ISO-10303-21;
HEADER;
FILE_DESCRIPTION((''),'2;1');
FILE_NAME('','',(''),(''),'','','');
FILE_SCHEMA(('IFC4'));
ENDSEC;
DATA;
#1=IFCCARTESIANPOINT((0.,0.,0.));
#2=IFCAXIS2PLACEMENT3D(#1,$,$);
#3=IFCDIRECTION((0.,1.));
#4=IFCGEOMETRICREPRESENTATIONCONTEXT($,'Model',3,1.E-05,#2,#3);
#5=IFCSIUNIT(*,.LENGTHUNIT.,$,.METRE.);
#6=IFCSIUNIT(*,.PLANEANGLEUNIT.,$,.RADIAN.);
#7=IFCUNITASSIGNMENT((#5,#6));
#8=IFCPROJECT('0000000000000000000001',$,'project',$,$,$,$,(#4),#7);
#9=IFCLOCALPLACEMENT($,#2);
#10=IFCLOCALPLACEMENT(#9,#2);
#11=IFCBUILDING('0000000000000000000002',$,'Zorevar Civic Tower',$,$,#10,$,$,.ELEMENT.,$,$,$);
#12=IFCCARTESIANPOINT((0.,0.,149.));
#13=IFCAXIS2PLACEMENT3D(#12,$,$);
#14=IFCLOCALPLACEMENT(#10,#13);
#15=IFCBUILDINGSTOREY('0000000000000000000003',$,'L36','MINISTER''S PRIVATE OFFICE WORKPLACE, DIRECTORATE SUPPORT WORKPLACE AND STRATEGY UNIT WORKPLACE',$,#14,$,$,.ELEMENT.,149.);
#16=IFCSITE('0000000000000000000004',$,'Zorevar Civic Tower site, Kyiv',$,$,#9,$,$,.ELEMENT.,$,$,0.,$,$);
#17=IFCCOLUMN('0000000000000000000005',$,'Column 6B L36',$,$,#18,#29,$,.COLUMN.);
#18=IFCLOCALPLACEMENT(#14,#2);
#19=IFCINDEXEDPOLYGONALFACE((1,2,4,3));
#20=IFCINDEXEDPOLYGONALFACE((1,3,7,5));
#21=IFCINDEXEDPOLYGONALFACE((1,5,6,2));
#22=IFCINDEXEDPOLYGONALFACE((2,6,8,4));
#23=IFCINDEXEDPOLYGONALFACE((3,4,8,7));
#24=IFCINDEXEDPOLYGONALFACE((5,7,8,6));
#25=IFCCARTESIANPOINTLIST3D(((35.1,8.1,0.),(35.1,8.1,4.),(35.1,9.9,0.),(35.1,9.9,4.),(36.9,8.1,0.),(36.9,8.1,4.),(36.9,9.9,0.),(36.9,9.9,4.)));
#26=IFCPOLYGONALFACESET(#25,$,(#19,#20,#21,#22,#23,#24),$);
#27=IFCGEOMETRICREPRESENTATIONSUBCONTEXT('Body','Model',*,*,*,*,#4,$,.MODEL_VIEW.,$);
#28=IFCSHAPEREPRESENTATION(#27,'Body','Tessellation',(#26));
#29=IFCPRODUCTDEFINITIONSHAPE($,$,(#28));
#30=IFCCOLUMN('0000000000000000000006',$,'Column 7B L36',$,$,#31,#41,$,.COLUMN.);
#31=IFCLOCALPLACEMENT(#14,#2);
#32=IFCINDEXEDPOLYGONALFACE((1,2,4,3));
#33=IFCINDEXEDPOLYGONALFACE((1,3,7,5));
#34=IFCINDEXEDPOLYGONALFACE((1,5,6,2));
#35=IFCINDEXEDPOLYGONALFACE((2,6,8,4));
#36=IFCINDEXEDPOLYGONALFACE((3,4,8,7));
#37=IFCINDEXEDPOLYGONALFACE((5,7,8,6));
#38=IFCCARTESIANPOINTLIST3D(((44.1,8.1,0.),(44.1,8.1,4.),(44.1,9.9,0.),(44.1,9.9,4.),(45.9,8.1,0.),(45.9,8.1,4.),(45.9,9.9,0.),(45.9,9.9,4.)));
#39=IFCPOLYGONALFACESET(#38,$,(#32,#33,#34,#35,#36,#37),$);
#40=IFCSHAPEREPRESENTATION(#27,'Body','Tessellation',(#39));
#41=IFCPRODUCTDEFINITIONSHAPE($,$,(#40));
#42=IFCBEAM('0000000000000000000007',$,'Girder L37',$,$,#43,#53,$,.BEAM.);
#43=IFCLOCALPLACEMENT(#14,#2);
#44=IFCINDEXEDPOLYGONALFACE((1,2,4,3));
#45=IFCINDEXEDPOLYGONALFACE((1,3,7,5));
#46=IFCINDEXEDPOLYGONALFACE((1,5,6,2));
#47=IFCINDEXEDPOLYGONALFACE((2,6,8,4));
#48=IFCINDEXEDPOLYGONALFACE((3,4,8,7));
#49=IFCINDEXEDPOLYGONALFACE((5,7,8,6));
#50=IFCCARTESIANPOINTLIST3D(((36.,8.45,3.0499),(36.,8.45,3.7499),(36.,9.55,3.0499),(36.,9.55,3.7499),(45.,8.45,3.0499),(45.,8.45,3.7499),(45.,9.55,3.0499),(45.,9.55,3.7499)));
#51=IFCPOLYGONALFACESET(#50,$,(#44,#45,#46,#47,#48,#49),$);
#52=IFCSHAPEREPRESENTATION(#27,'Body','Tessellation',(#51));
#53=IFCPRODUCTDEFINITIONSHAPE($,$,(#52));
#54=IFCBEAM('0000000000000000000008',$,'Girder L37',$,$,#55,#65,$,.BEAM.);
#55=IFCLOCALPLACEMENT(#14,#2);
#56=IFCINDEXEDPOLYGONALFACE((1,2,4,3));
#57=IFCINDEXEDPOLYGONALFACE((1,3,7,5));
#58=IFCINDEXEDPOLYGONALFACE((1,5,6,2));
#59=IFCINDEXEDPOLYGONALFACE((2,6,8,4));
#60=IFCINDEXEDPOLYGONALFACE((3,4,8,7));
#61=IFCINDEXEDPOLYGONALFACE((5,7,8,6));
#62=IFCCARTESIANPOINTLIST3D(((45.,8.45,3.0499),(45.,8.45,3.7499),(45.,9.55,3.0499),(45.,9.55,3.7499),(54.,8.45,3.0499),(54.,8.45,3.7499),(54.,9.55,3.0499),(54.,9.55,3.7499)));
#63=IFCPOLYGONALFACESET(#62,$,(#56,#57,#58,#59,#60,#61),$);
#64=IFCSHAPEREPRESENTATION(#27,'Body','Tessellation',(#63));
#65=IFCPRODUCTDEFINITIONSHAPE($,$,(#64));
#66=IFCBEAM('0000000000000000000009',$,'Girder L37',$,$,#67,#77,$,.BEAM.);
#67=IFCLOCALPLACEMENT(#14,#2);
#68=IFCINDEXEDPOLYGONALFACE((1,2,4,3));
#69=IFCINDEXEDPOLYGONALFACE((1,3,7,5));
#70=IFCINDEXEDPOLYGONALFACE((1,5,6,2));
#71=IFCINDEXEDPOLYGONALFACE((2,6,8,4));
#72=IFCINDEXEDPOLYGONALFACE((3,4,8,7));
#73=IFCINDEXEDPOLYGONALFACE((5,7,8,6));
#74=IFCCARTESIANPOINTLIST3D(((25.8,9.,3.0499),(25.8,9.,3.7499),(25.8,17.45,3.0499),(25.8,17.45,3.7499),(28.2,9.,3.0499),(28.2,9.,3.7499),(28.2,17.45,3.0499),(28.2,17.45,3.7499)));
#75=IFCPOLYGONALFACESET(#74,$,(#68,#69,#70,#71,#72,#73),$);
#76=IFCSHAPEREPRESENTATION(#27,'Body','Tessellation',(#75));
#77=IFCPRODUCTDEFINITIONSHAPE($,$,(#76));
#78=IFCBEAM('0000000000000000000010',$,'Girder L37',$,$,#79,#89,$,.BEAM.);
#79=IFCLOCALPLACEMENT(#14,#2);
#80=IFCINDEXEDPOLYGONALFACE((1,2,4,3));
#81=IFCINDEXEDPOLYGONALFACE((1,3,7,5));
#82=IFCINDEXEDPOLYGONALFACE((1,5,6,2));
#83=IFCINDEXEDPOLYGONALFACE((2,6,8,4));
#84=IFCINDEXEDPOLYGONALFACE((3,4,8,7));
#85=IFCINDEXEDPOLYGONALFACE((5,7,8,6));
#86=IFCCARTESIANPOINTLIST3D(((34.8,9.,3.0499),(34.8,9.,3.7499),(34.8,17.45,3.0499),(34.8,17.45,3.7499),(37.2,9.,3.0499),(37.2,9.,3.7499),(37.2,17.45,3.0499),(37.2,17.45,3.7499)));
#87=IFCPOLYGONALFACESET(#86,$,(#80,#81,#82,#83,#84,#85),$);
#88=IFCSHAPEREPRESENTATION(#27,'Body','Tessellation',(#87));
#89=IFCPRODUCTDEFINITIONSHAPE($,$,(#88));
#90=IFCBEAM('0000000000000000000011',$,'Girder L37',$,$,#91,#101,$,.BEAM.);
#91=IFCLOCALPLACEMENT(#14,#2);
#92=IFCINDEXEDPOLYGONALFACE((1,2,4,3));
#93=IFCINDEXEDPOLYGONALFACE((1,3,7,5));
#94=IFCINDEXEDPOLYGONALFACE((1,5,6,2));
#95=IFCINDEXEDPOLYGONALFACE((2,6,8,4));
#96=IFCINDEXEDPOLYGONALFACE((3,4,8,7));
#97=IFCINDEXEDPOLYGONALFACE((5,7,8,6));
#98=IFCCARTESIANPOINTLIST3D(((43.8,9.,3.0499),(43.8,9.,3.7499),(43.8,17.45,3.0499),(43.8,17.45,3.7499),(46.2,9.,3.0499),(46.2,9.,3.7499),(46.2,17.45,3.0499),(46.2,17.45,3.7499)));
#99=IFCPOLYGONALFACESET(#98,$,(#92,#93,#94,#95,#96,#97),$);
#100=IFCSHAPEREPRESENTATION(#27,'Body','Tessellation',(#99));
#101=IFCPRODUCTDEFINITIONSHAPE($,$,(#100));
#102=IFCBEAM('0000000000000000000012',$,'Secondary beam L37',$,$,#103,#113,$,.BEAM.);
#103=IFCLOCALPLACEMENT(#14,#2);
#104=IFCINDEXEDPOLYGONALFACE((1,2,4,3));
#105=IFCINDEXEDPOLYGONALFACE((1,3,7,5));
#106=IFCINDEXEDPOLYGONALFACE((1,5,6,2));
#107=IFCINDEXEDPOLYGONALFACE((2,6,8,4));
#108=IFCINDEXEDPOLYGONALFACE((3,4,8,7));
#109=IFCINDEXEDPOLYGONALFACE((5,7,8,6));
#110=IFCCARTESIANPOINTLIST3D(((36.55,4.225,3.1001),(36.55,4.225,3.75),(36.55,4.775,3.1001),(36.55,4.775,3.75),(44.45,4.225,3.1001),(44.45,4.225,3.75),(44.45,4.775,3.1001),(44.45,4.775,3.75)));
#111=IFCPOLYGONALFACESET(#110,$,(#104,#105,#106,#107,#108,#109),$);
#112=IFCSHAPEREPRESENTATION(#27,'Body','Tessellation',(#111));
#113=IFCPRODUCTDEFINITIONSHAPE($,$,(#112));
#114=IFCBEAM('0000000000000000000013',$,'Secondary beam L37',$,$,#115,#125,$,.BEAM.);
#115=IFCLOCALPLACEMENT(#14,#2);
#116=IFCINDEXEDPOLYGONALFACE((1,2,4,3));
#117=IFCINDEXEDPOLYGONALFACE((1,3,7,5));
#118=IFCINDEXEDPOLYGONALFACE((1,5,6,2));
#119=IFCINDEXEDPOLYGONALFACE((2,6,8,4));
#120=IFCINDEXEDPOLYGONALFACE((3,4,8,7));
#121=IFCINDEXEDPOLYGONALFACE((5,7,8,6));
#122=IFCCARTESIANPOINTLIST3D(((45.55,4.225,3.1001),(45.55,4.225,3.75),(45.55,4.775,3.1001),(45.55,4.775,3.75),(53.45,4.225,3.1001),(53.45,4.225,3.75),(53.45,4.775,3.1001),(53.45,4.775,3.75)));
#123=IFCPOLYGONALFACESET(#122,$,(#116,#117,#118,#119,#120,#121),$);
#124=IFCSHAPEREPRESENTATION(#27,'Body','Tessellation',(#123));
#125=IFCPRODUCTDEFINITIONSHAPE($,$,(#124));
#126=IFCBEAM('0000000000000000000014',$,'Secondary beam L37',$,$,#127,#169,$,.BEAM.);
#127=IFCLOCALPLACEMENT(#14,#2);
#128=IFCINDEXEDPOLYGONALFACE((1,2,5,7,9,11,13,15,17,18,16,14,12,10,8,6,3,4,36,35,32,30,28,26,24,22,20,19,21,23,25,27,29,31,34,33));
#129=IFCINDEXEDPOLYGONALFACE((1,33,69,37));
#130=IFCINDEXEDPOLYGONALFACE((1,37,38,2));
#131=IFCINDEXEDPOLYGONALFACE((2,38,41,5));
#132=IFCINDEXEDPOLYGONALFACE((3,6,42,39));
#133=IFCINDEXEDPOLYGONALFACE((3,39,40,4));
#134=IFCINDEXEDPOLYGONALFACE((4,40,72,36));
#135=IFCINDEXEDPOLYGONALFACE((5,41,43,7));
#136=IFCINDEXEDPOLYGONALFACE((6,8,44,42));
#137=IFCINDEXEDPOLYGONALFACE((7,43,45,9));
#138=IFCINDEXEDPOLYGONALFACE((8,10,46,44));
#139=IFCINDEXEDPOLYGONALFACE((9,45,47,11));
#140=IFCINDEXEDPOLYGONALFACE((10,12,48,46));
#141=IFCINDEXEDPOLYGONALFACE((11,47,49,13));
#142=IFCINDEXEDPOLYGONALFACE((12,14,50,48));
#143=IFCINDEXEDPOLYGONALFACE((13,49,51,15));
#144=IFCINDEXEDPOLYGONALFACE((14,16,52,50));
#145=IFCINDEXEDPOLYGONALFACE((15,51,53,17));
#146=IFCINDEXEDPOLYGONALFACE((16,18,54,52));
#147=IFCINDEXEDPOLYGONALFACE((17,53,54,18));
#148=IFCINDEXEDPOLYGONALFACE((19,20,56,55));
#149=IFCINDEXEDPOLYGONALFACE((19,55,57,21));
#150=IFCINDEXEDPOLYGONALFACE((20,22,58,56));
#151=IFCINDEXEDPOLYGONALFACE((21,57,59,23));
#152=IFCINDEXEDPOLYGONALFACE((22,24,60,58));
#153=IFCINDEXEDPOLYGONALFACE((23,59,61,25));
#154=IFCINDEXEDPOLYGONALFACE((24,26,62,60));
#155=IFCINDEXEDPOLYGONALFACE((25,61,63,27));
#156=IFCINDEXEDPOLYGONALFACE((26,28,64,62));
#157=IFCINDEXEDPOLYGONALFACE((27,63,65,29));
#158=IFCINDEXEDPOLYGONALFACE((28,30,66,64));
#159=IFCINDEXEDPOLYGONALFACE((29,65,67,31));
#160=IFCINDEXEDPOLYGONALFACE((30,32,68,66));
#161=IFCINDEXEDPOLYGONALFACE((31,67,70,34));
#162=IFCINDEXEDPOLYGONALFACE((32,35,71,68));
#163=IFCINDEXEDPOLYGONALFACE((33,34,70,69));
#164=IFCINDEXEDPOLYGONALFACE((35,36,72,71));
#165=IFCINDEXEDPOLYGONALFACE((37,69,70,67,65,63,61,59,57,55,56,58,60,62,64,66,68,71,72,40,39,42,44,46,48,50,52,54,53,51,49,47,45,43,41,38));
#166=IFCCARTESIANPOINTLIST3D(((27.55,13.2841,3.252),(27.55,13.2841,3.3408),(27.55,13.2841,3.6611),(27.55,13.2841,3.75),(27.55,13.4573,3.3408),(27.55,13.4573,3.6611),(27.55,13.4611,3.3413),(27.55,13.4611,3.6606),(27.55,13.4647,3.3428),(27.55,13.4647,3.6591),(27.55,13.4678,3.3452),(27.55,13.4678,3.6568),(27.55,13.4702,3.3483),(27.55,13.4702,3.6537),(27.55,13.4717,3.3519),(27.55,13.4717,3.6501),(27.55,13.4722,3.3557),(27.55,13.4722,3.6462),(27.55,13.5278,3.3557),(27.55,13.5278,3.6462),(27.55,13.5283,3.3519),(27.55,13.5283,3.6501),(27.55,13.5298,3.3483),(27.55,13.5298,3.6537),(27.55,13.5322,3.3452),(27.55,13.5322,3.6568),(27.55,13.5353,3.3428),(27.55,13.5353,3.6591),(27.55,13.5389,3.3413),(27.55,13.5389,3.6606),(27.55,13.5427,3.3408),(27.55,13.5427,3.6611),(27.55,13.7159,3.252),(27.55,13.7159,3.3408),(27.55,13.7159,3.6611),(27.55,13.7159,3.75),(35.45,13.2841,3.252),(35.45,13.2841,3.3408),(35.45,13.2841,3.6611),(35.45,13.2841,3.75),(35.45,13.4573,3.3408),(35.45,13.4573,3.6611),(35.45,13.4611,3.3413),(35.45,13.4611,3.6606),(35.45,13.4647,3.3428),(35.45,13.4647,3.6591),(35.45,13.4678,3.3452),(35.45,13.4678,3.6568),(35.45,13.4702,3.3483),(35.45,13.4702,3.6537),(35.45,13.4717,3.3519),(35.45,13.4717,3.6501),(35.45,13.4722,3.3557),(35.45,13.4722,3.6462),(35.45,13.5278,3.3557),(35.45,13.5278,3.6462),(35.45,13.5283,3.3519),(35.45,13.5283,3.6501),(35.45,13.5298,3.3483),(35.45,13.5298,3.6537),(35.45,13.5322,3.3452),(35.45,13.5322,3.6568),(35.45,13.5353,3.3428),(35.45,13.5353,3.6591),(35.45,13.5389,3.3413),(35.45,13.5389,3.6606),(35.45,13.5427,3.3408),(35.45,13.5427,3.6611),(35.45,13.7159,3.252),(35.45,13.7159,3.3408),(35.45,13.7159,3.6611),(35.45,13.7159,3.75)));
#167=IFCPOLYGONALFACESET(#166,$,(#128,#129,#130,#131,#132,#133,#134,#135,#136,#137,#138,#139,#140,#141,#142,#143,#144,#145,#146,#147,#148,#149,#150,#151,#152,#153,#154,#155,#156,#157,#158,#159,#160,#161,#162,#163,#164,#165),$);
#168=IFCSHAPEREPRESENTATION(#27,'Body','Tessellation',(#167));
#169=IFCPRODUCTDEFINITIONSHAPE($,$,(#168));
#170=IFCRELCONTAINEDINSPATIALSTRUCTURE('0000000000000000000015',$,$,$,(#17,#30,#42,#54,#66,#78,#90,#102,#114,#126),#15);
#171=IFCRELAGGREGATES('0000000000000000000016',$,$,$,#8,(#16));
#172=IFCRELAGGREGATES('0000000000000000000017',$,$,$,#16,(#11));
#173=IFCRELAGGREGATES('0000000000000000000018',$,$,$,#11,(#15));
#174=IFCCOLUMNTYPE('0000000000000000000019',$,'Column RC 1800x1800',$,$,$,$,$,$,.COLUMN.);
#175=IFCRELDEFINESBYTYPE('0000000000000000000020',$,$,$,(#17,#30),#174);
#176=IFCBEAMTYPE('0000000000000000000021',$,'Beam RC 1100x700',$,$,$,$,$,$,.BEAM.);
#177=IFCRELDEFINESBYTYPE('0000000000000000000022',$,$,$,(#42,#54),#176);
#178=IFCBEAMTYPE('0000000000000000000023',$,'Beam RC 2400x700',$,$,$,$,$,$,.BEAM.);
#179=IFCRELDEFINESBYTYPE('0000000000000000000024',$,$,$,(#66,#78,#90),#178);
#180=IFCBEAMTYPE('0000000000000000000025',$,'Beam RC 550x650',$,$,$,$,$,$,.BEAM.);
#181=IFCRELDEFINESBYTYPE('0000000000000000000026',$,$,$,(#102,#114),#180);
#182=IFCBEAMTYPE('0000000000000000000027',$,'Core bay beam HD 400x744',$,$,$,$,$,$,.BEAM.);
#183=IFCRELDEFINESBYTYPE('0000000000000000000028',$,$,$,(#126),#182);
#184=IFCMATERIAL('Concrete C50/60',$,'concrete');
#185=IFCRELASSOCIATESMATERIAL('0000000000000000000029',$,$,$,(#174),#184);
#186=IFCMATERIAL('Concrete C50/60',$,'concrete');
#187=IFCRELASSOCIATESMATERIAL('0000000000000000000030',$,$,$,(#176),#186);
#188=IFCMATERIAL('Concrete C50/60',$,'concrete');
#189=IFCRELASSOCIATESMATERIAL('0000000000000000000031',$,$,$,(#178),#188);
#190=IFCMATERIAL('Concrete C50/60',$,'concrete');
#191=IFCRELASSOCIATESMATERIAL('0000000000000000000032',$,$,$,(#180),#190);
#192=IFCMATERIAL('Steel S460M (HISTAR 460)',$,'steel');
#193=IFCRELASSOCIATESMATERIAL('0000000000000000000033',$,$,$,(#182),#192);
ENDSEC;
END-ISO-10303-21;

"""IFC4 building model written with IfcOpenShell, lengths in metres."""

from ifc_helpers import new_model, si_unit, direction, frame, origin, origin_2d, place, context, subcontext, project, spatial, rectangle, i_section, extrude, material, material_profile, profile_set, type_object, element, save


model = new_model("IFC4")

# Units and contexts
model_context = context("Model", 3, precision=1e-05, world=origin(), true_north=direction((0.0, 1.0)))
body_context = subcontext(model_context, "Body", "Model", "MODEL_VIEW")
ifc_project = project(units=[si_unit("LENGTHUNIT", "METRE"), si_unit("PLANEANGLEUNIT", "RADIAN")], contexts=[model_context])

# Site, building, storey
site_placement = place(None, origin())
site = spatial("IfcSite", under=ifc_project, at=site_placement, Name="Zorevar Civic Tower site, Kyiv", CompositionType="ELEMENT", RefElevation=0.0)
building_placement = place(site_placement, origin())
building = spatial("IfcBuilding", under=site, at=building_placement, Name="Zorevar Civic Tower", CompositionType="ELEMENT")
storey_placement = place(building_placement, frame((0.0, 0.0, 149.0)))
storey = spatial("IfcBuildingStorey", under=building, at=storey_placement, Name="L36", Description="MINISTER'S PRIVATE OFFICE WORKPLACE, DIRECTORATE SUPPORT WORKPLACE AND STRATEGY UNIT WORKPLACE", CompositionType="ELEMENT", Elevation=149.0)

# Columns
ifc_material_1 = material(Name="Concrete C50/60", Category="concrete")
ifc_material_profile_1 = material_profile(ifc_material_1, rectangle(XDim=1.8, YDim=1.8, at=origin_2d()), Name="RC 1800x1800")
ifc_profile_set_1 = profile_set([ifc_material_profile_1], Name="Concrete C50/60")
column_type = type_object("IfcColumnType", Name="Column RC 1800x1800", PredefinedType="COLUMN", material=ifc_profile_set_1)
for number, where, z_axis, x_axis, name in (
    (1, (36.0, 9.0, 0.0), (0.0, 0.0, 1.0), (1.0, 0.0, 0.0), "Column 6B L36"),
    (2, (45.0, 9.0, 0.0), (0.0, 0.0, 1.0), (1.0, 0.0, 0.0), "Column 7B L36"),
):
    element("IfcColumn", number, at=place(storey_placement, frame(where, z_axis=z_axis, x_axis=x_axis)), inside=storey, type_object=column_type, Name=name, PredefinedType="COLUMN", context=body_context, shape_type="SweptSolid", body=[
        extrude(rectangle(XDim=1.8, YDim=1.8, at=origin_2d()), origin(), (0.0, 0.0, 1.0), 4.0),
    ])

# Beams
ifc_material_2 = material(Name="Concrete C50/60", Category="concrete")
ifc_material_profile_2 = material_profile(ifc_material_2, rectangle(XDim=1.1001, YDim=0.7, at=origin_2d()), Name="RC 1100x700")
ifc_profile_set_2 = profile_set([ifc_material_profile_2], Name="Concrete C50/60")
beam_type_1 = type_object("IfcBeamType", Name="Beam RC 1100x700", PredefinedType="BEAM", material=ifc_profile_set_2)
for number, where, z_axis, x_axis, name in (
    (3, (36.0, 9.0, 3.3999), (1.0, 0.0, 0.0), (0.0, 1.0, 0.0), "Girder L37"),
    (4, (45.0, 9.0, 3.3999), (1.0, 0.0, 0.0), (0.0, 1.0, 0.0), "Girder L37"),
):
    element("IfcBeam", number, at=place(storey_placement, frame(where, z_axis=z_axis, x_axis=x_axis)), inside=storey, type_object=beam_type_1, Name=name, PredefinedType="BEAM", context=body_context, shape_type="SweptSolid", body=[
        extrude(rectangle(XDim=1.1001, YDim=0.7, at=origin_2d()), origin(), (0.0, 0.0, 1.0), 9.0),
    ])
ifc_material_3 = material(Name="Concrete C50/60", Category="concrete")
ifc_material_profile_3 = material_profile(ifc_material_3, rectangle(XDim=2.3999, YDim=0.7, at=origin_2d()), Name="RC 2400x700")
ifc_profile_set_3 = profile_set([ifc_material_profile_3], Name="Concrete C50/60")
beam_type_2 = type_object("IfcBeamType", Name="Beam RC 2400x700", PredefinedType="BEAM", material=ifc_profile_set_3)
for number, where, z_axis, x_axis, name in (
    (5, (27.0, 9.0, 3.3999), (0.0, 1.0, 0.0), (-1.0, 0.0, 0.0), "Girder L37"),
    (6, (36.0, 9.0, 3.3999), (0.0, 1.0, 0.0), (-1.0, 0.0, 0.0), "Girder L37"),
    (7, (45.0, 9.0, 3.3999), (0.0, 1.0, 0.0), (-1.0, 0.0, 0.0), "Girder L37"),
):
    element("IfcBeam", number, at=place(storey_placement, frame(where, z_axis=z_axis, x_axis=x_axis)), inside=storey, type_object=beam_type_2, Name=name, PredefinedType="BEAM", context=body_context, shape_type="SweptSolid", body=[
        extrude(rectangle(XDim=2.3999, YDim=0.7, at=origin_2d()), origin(), (0.0, 0.0, 1.0), 8.45),
    ])
ifc_material_4 = material(Name="Concrete C50/60", Category="concrete")
ifc_material_profile_4 = material_profile(ifc_material_4, rectangle(XDim=0.55, YDim=0.6499, at=origin_2d()), Name="RC 550x650")
ifc_profile_set_4 = profile_set([ifc_material_profile_4], Name="Concrete C50/60")
beam_type_3 = type_object("IfcBeamType", Name="Beam RC 550x650", PredefinedType="BEAM", material=ifc_profile_set_4)
for number, where, z_axis, x_axis, name in (
    (8, (36.55, 4.5, 3.425), (1.0, 0.0, 0.0), (0.0, 1.0, 0.0), "Secondary beam L37"),
    (9, (45.55, 4.5, 3.425), (1.0, 0.0, 0.0), (0.0, 1.0, 0.0), "Secondary beam L37"),
):
    element("IfcBeam", number, at=place(storey_placement, frame(where, z_axis=z_axis, x_axis=x_axis)), inside=storey, type_object=beam_type_3, Name=name, PredefinedType="BEAM", context=body_context, shape_type="SweptSolid", body=[
        extrude(rectangle(XDim=0.55, YDim=0.6499, at=origin_2d()), origin(), (0.0, 0.0, 1.0), 7.8999),
    ])
ifc_material_5 = material(Name="Steel S460M (HISTAR 460)", Category="steel")
ifc_material_profile_5 = material_profile(ifc_material_5, i_section(OverallWidth=0.4319, OverallDepth=0.498, WebThickness=0.0557, FlangeThickness=0.0889, FilletRadius=0.0149, at=origin_2d()), Name="HD 400x744")
ifc_profile_set_5 = profile_set([ifc_material_profile_5], Name="Steel S460M (HISTAR 460)")
beam_type_4 = type_object("IfcBeamType", Name="Core bay beam HD 400x744", PredefinedType="BEAM", material=ifc_profile_set_5)
for number, where, z_axis, x_axis, name in (
    (10, (27.55, 13.5, 3.501), (1.0, 0.0, 0.0), (0.0, 1.0, 0.0), "Secondary beam L37"),
):
    element("IfcBeam", number, at=place(storey_placement, frame(where, z_axis=z_axis, x_axis=x_axis)), inside=storey, type_object=beam_type_4, Name=name, PredefinedType="BEAM", context=body_context, shape_type="SweptSolid", body=[
        extrude(i_section(OverallWidth=0.4319, OverallDepth=0.498, WebThickness=0.0557, FlangeThickness=0.0889, FilletRadius=0.0149, at=origin_2d()), origin(), (0.0, 0.0, 1.0), 7.8999),
    ])

save(model, "model.ifc")
